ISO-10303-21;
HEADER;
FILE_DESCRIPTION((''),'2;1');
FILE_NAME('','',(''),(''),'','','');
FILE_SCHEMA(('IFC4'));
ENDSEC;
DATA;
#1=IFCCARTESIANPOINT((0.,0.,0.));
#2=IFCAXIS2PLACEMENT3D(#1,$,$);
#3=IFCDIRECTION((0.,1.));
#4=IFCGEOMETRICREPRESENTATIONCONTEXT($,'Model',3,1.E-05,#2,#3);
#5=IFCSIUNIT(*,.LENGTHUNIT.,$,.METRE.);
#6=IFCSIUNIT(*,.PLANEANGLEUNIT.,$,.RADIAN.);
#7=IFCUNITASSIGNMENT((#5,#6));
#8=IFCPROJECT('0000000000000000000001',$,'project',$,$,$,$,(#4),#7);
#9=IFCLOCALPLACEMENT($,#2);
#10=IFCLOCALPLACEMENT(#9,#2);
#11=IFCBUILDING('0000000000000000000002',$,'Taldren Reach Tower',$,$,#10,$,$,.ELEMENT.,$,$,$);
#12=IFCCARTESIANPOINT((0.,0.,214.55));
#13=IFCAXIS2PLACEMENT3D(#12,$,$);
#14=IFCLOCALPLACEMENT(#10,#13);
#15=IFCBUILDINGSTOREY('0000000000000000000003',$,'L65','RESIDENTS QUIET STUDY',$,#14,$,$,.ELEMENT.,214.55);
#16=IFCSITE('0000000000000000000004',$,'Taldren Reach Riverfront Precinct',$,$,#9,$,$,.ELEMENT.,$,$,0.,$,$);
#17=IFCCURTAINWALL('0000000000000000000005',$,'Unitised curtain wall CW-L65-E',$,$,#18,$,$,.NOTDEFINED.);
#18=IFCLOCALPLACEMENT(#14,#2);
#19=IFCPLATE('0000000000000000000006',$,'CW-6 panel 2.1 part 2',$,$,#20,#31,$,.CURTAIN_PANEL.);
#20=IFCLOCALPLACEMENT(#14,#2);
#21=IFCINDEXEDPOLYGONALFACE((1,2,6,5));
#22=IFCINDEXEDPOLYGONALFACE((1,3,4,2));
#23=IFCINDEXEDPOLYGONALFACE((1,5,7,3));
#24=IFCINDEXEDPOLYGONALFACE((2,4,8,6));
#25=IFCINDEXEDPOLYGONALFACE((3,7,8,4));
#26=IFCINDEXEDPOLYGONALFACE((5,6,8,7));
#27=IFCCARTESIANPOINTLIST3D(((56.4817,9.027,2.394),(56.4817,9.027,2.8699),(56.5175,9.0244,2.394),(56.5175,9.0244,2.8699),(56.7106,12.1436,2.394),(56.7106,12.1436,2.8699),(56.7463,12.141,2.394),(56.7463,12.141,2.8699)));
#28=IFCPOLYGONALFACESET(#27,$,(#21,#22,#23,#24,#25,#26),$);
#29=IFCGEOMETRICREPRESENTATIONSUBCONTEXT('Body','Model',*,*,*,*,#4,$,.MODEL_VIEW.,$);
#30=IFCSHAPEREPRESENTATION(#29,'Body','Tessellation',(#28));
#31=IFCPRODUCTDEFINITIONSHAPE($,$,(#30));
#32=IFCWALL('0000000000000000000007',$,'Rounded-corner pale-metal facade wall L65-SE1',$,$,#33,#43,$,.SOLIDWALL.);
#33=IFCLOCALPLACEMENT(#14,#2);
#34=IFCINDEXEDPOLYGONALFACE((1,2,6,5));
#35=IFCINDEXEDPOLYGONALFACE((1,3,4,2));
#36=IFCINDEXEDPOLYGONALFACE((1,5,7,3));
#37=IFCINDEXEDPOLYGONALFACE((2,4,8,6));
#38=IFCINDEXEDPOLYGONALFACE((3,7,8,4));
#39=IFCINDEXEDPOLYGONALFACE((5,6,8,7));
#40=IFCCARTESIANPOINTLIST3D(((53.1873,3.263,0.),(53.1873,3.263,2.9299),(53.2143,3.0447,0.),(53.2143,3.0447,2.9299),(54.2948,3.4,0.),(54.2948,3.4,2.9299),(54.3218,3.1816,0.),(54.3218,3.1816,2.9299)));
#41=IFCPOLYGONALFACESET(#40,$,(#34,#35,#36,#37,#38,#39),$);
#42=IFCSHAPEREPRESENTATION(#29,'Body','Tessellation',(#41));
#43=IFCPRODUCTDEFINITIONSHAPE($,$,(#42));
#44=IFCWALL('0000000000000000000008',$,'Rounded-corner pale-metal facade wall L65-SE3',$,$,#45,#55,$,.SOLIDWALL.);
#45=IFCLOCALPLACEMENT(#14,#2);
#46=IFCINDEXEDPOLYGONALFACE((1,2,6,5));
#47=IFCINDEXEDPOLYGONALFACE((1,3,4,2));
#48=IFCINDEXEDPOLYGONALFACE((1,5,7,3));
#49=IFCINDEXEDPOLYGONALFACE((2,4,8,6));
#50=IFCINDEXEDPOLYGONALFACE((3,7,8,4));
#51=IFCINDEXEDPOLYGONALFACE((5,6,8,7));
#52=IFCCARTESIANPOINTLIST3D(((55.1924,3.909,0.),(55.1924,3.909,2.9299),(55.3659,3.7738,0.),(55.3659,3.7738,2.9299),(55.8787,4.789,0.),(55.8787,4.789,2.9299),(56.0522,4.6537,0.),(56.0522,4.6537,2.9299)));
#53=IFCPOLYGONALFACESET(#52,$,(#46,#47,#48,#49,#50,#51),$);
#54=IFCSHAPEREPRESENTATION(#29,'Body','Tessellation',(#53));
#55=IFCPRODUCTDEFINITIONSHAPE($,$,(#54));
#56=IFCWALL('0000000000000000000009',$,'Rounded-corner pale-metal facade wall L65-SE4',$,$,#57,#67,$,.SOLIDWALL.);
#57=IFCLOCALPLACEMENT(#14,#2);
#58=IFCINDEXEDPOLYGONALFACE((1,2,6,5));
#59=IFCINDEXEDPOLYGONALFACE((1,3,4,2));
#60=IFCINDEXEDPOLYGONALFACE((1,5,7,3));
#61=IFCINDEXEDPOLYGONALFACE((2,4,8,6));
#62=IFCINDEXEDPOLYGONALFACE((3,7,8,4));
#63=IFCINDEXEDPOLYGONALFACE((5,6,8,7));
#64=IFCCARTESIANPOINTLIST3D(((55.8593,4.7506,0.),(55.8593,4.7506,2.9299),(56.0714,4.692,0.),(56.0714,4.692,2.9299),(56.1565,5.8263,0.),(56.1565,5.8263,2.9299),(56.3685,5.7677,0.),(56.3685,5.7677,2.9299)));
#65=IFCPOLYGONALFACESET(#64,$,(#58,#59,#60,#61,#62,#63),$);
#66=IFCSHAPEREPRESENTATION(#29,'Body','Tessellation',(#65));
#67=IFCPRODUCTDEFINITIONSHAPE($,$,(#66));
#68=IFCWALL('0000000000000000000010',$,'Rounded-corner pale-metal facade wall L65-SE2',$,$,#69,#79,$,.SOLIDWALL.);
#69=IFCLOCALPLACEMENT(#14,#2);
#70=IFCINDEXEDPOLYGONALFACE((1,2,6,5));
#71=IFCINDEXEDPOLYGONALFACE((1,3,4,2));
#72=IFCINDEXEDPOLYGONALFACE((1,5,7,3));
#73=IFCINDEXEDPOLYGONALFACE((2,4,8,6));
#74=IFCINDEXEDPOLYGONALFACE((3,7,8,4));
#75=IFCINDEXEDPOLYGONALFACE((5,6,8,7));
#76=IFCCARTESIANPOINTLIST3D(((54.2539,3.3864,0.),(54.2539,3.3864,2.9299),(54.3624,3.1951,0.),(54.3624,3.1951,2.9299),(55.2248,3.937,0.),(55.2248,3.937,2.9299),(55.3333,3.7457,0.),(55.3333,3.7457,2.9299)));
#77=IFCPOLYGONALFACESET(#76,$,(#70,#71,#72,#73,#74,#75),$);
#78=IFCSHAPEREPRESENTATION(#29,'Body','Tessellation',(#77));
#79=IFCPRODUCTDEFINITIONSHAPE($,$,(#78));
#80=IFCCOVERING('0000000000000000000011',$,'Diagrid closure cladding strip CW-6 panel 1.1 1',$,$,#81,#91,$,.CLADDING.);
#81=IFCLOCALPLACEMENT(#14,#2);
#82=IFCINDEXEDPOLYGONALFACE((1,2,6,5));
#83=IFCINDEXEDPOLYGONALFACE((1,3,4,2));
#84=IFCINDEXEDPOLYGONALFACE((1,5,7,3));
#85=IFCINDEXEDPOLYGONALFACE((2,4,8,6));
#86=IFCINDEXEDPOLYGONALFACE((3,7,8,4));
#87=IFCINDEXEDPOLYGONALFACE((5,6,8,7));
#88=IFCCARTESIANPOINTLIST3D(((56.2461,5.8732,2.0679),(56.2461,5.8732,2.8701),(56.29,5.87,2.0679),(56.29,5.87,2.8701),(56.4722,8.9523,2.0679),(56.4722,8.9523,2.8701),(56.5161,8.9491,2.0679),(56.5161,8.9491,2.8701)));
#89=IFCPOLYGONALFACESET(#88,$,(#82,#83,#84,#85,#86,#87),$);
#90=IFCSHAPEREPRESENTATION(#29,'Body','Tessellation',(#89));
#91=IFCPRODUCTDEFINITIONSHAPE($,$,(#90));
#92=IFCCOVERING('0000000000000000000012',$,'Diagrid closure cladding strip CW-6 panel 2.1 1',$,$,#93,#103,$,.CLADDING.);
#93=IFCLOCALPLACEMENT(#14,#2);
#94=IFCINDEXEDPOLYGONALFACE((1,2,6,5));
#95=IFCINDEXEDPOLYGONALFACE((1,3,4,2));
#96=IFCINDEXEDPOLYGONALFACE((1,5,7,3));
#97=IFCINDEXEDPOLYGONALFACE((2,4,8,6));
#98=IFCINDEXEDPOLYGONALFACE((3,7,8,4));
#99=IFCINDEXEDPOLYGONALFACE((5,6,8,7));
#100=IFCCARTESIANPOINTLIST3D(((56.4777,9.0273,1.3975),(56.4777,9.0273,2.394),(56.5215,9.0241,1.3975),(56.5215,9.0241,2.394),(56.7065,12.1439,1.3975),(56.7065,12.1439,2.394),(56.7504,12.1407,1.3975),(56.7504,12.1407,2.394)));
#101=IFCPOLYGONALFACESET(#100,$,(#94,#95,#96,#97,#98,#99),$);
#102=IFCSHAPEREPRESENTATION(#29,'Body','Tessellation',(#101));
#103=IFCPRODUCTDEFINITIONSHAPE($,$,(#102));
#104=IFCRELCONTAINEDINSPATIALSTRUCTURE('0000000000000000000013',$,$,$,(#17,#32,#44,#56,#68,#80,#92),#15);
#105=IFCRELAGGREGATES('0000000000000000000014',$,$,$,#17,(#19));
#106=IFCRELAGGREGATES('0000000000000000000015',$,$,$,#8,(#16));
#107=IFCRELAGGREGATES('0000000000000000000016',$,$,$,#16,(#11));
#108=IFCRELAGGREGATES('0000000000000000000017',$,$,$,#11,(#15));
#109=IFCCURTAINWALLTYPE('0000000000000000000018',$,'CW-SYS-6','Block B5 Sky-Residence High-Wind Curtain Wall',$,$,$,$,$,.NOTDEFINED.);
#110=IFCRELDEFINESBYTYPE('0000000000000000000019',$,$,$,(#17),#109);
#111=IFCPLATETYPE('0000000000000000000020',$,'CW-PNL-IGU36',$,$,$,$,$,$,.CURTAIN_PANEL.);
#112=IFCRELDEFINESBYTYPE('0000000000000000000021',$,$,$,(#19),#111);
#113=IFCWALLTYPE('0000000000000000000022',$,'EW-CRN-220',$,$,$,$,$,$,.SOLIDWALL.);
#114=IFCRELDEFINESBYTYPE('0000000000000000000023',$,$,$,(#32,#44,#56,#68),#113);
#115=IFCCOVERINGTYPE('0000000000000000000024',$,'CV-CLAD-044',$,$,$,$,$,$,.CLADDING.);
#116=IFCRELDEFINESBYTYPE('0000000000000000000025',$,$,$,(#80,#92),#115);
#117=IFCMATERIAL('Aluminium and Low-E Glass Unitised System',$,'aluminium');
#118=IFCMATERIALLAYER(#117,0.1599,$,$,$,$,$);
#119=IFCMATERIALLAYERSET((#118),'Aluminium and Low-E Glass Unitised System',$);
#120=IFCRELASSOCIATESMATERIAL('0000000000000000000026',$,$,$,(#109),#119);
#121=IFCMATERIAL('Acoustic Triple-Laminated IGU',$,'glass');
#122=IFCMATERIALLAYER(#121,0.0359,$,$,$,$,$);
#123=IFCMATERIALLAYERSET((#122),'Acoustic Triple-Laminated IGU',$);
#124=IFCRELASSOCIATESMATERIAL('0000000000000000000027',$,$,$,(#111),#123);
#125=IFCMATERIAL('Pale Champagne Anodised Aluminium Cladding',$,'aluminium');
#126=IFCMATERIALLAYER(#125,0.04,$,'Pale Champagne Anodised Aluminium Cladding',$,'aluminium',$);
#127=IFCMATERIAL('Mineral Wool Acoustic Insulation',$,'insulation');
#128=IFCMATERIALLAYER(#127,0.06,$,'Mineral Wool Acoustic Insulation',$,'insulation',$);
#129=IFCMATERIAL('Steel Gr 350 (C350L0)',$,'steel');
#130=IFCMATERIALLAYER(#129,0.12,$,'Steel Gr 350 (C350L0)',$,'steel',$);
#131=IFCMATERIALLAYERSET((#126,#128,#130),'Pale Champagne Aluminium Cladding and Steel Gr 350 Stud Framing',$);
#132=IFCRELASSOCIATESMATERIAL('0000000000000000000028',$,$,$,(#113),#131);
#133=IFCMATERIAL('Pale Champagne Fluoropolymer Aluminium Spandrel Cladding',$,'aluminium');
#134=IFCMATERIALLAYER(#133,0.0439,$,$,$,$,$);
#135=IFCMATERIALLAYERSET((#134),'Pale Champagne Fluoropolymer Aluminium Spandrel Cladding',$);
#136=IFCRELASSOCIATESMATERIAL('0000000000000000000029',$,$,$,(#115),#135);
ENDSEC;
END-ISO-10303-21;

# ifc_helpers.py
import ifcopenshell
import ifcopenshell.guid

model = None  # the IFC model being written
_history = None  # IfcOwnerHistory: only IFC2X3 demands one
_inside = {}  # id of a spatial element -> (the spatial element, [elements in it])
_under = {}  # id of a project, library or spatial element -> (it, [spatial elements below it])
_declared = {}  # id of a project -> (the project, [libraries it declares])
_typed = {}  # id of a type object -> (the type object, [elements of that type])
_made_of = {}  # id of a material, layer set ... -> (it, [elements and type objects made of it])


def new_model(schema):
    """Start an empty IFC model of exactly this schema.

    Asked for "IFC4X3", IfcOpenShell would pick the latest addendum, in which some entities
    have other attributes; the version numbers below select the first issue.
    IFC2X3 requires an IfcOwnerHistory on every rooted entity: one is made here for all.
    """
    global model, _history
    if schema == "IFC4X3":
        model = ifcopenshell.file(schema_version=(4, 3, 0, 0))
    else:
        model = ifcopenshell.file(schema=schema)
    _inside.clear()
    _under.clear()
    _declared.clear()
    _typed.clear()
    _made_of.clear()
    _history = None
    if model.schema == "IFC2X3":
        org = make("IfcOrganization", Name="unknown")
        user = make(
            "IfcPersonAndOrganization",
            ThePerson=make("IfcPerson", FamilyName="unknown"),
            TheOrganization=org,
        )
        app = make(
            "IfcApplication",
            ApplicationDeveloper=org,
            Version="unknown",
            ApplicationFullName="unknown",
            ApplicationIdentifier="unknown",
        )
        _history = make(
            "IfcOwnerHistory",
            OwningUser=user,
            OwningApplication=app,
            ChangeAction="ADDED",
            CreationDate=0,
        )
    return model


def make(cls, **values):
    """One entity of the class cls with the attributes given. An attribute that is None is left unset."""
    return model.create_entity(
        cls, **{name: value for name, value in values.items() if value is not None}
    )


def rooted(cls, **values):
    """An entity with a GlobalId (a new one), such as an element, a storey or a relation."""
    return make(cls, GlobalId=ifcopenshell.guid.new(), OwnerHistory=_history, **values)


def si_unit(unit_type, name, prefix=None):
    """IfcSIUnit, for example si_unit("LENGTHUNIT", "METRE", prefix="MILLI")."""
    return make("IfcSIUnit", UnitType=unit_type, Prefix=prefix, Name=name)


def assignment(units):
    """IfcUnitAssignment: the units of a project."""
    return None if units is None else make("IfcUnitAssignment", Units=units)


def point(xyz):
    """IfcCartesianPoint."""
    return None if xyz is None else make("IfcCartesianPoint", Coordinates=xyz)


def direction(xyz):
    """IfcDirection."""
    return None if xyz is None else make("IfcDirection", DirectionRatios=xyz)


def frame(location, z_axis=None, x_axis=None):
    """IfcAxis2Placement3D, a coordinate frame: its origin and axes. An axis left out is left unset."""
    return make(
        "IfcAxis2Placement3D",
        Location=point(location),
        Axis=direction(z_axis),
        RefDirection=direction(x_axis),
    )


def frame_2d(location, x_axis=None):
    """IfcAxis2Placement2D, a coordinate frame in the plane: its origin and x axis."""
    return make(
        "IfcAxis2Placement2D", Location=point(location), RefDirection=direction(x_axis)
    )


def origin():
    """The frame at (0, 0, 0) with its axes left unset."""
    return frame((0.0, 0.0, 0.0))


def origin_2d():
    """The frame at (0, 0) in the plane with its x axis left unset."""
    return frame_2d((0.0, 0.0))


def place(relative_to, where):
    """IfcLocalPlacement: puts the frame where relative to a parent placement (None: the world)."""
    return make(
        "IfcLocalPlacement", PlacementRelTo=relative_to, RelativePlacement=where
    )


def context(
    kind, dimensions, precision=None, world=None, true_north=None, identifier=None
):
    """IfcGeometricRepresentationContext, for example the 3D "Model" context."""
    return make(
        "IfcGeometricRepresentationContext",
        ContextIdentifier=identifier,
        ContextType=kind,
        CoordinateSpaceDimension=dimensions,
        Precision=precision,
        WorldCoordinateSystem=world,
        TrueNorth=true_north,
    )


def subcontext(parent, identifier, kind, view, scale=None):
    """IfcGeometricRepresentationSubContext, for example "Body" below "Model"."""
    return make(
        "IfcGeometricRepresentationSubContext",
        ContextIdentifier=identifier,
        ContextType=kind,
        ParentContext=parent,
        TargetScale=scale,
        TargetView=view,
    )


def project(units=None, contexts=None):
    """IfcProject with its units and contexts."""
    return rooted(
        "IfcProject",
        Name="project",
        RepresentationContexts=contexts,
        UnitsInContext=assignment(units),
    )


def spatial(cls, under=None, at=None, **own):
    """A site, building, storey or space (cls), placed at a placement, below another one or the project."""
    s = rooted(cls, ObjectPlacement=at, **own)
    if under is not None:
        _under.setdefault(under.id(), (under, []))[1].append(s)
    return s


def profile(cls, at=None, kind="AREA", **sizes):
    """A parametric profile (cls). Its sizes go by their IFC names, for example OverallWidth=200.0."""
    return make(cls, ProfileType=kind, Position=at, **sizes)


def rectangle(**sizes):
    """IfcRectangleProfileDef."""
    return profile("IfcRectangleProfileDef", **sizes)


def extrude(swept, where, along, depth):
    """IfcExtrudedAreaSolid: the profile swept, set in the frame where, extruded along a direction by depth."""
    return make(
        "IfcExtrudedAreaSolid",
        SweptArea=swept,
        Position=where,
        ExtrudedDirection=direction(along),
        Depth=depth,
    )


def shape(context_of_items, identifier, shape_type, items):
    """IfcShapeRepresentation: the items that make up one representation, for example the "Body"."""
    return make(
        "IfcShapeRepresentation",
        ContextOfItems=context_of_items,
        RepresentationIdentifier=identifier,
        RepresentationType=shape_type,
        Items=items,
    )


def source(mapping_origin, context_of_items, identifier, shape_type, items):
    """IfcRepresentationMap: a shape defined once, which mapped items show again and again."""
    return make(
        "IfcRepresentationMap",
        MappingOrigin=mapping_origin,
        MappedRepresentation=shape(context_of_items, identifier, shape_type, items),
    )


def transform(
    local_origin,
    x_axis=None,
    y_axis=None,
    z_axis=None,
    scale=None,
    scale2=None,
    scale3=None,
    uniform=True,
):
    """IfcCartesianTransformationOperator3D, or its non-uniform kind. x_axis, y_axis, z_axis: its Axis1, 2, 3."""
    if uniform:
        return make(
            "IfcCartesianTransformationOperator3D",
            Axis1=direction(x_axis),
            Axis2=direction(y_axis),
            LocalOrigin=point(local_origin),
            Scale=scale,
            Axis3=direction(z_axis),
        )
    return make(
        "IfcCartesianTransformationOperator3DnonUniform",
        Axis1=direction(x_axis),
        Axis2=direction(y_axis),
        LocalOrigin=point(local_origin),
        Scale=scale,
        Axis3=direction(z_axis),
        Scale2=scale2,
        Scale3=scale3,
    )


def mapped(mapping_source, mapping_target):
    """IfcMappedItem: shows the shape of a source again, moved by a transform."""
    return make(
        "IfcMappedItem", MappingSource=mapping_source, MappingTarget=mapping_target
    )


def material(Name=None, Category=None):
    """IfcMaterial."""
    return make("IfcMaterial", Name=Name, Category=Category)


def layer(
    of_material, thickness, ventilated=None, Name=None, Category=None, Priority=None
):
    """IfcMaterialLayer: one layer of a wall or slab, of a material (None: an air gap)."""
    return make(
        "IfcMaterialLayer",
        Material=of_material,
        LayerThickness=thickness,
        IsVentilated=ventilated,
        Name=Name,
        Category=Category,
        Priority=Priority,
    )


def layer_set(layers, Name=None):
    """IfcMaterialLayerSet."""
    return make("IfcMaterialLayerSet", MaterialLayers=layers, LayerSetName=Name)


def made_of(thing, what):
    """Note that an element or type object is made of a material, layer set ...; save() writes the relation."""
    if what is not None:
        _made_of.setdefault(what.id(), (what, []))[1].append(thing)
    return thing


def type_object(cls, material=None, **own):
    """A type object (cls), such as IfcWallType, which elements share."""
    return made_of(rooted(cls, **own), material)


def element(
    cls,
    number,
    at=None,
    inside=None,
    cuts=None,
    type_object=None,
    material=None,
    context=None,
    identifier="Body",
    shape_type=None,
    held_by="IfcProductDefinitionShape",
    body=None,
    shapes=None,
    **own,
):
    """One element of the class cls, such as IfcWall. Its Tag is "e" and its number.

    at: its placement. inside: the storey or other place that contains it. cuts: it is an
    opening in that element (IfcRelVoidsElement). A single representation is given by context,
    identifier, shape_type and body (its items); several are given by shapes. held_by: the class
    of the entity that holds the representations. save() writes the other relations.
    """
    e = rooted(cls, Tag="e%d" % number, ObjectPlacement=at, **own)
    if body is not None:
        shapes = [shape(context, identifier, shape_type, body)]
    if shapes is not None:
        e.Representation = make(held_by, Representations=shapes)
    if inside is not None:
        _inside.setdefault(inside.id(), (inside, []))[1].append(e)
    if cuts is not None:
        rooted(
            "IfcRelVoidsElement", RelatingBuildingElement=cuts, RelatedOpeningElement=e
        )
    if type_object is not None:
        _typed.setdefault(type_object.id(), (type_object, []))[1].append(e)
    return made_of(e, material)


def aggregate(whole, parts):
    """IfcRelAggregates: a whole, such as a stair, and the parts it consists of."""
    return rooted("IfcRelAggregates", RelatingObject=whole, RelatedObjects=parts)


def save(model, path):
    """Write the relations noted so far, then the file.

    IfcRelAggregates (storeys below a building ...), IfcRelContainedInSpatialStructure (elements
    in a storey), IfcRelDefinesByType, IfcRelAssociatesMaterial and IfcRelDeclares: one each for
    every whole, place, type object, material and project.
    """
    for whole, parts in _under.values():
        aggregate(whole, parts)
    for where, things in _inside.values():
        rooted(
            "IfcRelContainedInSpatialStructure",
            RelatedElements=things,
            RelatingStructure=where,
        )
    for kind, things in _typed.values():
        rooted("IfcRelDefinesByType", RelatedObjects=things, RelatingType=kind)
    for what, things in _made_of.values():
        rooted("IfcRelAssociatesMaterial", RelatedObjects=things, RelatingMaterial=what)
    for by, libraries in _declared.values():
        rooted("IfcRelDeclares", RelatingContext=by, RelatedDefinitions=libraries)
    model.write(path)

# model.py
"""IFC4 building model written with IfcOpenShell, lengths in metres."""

from ifc_helpers import new_model, si_unit, direction, frame, frame_2d, origin, origin_2d, place, context, subcontext, project, spatial, rectangle, extrude, source, transform, mapped, material, layer, layer_set, type_object, element, aggregate, save


model = new_model("IFC4")

# Units and contexts
model_context = context("Model", 3, precision=1e-05, world=origin(), true_north=direction((0.0, 1.0)))
body_context = subcontext(model_context, "Body", "Model", "MODEL_VIEW")
ifc_project = project(units=[si_unit("LENGTHUNIT", "METRE"), si_unit("PLANEANGLEUNIT", "RADIAN")], contexts=[model_context])

# Site, building, storey
site_placement = place(None, origin())
site = spatial("IfcSite", under=ifc_project, at=site_placement, Name="Taldren Reach Riverfront Precinct", CompositionType="ELEMENT", RefElevation=0.0)
building_placement = place(site_placement, origin())
building = spatial("IfcBuilding", under=site, at=building_placement, Name="Taldren Reach Tower", CompositionType="ELEMENT")
storey_placement = place(building_placement, frame((0.0, 0.0, 214.55)))
storey = spatial("IfcBuildingStorey", under=building, at=storey_placement, Name="L65", Description="RESIDENTS QUIET STUDY", CompositionType="ELEMENT", Elevation=214.55)

# Shared definitions
ifc_material_1 = material(Name="Steel Gr 350 (C350L0)", Category="steel")

# Shared definitions
ifc_material_2 = material(Name="Aluminium and Low-E Glass Unitised System", Category="aluminium")
ifc_layer_1 = layer(ifc_material_2, 0.1599)
ifc_layer_set_1 = layer_set([ifc_layer_1], Name="Aluminium and Low-E Glass Unitised System")
curtain_wall_type = type_object("IfcCurtainWallType", Name="CW-SYS-6", Description="Block B5 Sky-Residence High-Wind Curtain Wall", PredefinedType="NOTDEFINED", material=ifc_layer_set_1)

# Curtain wall
curtain_wall_1_placement = place(storey_placement, origin())
curtain_wall_1 = element("IfcCurtainWall", 1, at=curtain_wall_1_placement, inside=storey, type_object=curtain_wall_type, Name="Unitised curtain wall CW-L65-E", PredefinedType="NOTDEFINED")

# Plate
ifc_material_3 = material(Name="Acoustic Triple-Laminated IGU", Category="glass")
ifc_layer_2 = layer(ifc_material_3, 0.0359)
ifc_layer_set_2 = layer_set([ifc_layer_2], Name="Acoustic Triple-Laminated IGU")
plate_type_1 = type_object("IfcPlateType", Name="CW-PNL-IGU36", PredefinedType="CURTAIN_PANEL", material=ifc_layer_set_2)
shared_shape_1 = source(origin(), body_context, "Body", "SweptSolid", [
    extrude(rectangle(XDim=3.125, YDim=0.0359, at=origin_2d()), origin(), (0.0, 0.0, 1.0), 0.4758),
])
plate_1_placement = place(storey_placement, frame((56.614, 10.584, 2.394), z_axis=(0.0, 0.0, 1.0), x_axis=(0.073238, 0.997314, 0.0)))
plate_1 = element("IfcPlate", 2, at=plate_1_placement, type_object=plate_type_1, Name="CW-6 panel 2.1 part 2", PredefinedType="CURTAIN_PANEL", context=body_context, shape_type="MappedRepresentation", body=[
    mapped(shared_shape_1, transform((0.0, 0.0, 0.0), scale=1.0)),
])
aggregate(curtain_wall_1, [plate_1])

# Walls
ifc_material_4 = material(Name="Pale Champagne Anodised Aluminium Cladding", Category="aluminium")
ifc_layer_3 = layer(ifc_material_4, 0.04, Name="Pale Champagne Anodised Aluminium Cladding", Category="aluminium")
ifc_material_5 = material(Name="Mineral Wool Acoustic Insulation", Category="insulation")
ifc_layer_4 = layer(ifc_material_5, 0.06, Name="Mineral Wool Acoustic Insulation", Category="insulation")
ifc_layer_5 = layer(ifc_material_1, 0.12, Name="Steel Gr 350 (C350L0)", Category="steel")
ifc_layer_set_3 = layer_set([ifc_layer_3, ifc_layer_4, ifc_layer_5], Name="Pale Champagne Aluminium Cladding and Steel Gr 350 Stud Framing")
wall_type = type_object("IfcWallType", Name="EW-CRN-220", PredefinedType="SOLIDWALL", material=ifc_layer_set_3)
shared_shape_2 = source(origin(), body_context, "Body", "SweptSolid", [
    extrude(rectangle(XDim=1.116, YDim=0.22, at=frame_2d((0.5581, 0.0))), origin(), (0.0, 0.0, 1.0), 2.9299),
])
for number, where, z_axis, x_axis, name in (
    (3, (53.2007, 3.1538, 0.0), (0.0, 0.0, 1.0), (0.992439, 0.122742, 0.0), "Rounded-corner pale-metal facade wall L65-SE1"),
    (4, (55.2791, 3.8413, 0.0), (0.0, 0.0, 1.0), (0.615015, 0.788515, 0.0), "Rounded-corner pale-metal facade wall L65-SE3"),
    (5, (55.9653, 4.7212, 0.0), (0.0, 0.0, 1.0), (0.266244, 0.963906, 0.0), "Rounded-corner pale-metal facade wall L65-SE4"),
):
    element("IfcWall", number, at=place(storey_placement, frame(where, z_axis=z_axis, x_axis=x_axis)), inside=storey, type_object=wall_type, Name=name, PredefinedType="SOLIDWALL", context=body_context, shape_type="MappedRepresentation", body=[
        mapped(shared_shape_2, transform((0.0, 0.0, 0.0), scale=1.0)),
    ])
shared_shape_3 = source(origin(), body_context, "Body", "SweptSolid", [
    extrude(rectangle(XDim=1.1162, YDim=0.22, at=frame_2d((0.5581, 0.0))), origin(), (0.0, 0.0, 1.0), 2.9299),
])
wall_placement = place(storey_placement, frame((54.3081, 3.2908, 0.0), z_axis=(0.0, 0.0, 1.0), x_axis=(0.869894, 0.493239, 0.0)))
element("IfcWall", 6, at=wall_placement, inside=storey, type_object=wall_type, Name="Rounded-corner pale-metal facade wall L65-SE2", PredefinedType="SOLIDWALL", context=body_context, shape_type="MappedRepresentation", body=[
    mapped(shared_shape_3, transform((0.0, 0.0, 0.0), scale=1.0)),
])

# Coverings
ifc_material_6 = material(Name="Pale Champagne Fluoropolymer Aluminium Spandrel Cladding", Category="aluminium")
ifc_layer_6 = layer(ifc_material_6, 0.0439)
ifc_layer_set_4 = layer_set([ifc_layer_6], Name="Pale Champagne Fluoropolymer Aluminium Spandrel Cladding")
covering_type = type_object("IfcCoveringType", Name="CV-CLAD-044", PredefinedType="CLADDING", material=ifc_layer_set_4)
shared_shape_4 = source(origin(), body_context, "Body", "SweptSolid", [
    extrude(rectangle(XDim=3.0874, YDim=0.0439, at=origin_2d()), origin(), (0.0, 0.0, 1.0), 0.8022),
])
covering_1_placement = place(storey_placement, frame((56.3811, 7.4111, 2.0679), z_axis=(0.0, 0.0, 1.0), x_axis=(0.073238, 0.997314, 0.0)))
element("IfcCovering", 7, at=covering_1_placement, inside=storey, type_object=covering_type, Name="Diagrid closure cladding strip CW-6 panel 1.1 1", PredefinedType="CLADDING", context=body_context, shape_type="MappedRepresentation", body=[
    mapped(shared_shape_4, transform((0.0, 0.0, 0.0), scale=1.0)),
])
shared_shape_5 = source(origin(), body_context, "Body", "SweptSolid", [
    extrude(rectangle(XDim=3.125, YDim=0.0439, at=origin_2d()), origin(), (0.0, 0.0, 1.0), 0.9966),
])
covering_2_placement = place(storey_placement, frame((56.614, 10.584, 1.3975), z_axis=(0.0, 0.0, 1.0), x_axis=(0.073238, 0.997314, 0.0)))
element("IfcCovering", 8, at=covering_2_placement, inside=storey, type_object=covering_type, Name="Diagrid closure cladding strip CW-6 panel 2.1 1", PredefinedType="CLADDING", context=body_context, shape_type="MappedRepresentation", body=[
    mapped(shared_shape_5, transform((0.0, 0.0, 0.0), scale=1.0)),
])

save(model, "model.ifc")
